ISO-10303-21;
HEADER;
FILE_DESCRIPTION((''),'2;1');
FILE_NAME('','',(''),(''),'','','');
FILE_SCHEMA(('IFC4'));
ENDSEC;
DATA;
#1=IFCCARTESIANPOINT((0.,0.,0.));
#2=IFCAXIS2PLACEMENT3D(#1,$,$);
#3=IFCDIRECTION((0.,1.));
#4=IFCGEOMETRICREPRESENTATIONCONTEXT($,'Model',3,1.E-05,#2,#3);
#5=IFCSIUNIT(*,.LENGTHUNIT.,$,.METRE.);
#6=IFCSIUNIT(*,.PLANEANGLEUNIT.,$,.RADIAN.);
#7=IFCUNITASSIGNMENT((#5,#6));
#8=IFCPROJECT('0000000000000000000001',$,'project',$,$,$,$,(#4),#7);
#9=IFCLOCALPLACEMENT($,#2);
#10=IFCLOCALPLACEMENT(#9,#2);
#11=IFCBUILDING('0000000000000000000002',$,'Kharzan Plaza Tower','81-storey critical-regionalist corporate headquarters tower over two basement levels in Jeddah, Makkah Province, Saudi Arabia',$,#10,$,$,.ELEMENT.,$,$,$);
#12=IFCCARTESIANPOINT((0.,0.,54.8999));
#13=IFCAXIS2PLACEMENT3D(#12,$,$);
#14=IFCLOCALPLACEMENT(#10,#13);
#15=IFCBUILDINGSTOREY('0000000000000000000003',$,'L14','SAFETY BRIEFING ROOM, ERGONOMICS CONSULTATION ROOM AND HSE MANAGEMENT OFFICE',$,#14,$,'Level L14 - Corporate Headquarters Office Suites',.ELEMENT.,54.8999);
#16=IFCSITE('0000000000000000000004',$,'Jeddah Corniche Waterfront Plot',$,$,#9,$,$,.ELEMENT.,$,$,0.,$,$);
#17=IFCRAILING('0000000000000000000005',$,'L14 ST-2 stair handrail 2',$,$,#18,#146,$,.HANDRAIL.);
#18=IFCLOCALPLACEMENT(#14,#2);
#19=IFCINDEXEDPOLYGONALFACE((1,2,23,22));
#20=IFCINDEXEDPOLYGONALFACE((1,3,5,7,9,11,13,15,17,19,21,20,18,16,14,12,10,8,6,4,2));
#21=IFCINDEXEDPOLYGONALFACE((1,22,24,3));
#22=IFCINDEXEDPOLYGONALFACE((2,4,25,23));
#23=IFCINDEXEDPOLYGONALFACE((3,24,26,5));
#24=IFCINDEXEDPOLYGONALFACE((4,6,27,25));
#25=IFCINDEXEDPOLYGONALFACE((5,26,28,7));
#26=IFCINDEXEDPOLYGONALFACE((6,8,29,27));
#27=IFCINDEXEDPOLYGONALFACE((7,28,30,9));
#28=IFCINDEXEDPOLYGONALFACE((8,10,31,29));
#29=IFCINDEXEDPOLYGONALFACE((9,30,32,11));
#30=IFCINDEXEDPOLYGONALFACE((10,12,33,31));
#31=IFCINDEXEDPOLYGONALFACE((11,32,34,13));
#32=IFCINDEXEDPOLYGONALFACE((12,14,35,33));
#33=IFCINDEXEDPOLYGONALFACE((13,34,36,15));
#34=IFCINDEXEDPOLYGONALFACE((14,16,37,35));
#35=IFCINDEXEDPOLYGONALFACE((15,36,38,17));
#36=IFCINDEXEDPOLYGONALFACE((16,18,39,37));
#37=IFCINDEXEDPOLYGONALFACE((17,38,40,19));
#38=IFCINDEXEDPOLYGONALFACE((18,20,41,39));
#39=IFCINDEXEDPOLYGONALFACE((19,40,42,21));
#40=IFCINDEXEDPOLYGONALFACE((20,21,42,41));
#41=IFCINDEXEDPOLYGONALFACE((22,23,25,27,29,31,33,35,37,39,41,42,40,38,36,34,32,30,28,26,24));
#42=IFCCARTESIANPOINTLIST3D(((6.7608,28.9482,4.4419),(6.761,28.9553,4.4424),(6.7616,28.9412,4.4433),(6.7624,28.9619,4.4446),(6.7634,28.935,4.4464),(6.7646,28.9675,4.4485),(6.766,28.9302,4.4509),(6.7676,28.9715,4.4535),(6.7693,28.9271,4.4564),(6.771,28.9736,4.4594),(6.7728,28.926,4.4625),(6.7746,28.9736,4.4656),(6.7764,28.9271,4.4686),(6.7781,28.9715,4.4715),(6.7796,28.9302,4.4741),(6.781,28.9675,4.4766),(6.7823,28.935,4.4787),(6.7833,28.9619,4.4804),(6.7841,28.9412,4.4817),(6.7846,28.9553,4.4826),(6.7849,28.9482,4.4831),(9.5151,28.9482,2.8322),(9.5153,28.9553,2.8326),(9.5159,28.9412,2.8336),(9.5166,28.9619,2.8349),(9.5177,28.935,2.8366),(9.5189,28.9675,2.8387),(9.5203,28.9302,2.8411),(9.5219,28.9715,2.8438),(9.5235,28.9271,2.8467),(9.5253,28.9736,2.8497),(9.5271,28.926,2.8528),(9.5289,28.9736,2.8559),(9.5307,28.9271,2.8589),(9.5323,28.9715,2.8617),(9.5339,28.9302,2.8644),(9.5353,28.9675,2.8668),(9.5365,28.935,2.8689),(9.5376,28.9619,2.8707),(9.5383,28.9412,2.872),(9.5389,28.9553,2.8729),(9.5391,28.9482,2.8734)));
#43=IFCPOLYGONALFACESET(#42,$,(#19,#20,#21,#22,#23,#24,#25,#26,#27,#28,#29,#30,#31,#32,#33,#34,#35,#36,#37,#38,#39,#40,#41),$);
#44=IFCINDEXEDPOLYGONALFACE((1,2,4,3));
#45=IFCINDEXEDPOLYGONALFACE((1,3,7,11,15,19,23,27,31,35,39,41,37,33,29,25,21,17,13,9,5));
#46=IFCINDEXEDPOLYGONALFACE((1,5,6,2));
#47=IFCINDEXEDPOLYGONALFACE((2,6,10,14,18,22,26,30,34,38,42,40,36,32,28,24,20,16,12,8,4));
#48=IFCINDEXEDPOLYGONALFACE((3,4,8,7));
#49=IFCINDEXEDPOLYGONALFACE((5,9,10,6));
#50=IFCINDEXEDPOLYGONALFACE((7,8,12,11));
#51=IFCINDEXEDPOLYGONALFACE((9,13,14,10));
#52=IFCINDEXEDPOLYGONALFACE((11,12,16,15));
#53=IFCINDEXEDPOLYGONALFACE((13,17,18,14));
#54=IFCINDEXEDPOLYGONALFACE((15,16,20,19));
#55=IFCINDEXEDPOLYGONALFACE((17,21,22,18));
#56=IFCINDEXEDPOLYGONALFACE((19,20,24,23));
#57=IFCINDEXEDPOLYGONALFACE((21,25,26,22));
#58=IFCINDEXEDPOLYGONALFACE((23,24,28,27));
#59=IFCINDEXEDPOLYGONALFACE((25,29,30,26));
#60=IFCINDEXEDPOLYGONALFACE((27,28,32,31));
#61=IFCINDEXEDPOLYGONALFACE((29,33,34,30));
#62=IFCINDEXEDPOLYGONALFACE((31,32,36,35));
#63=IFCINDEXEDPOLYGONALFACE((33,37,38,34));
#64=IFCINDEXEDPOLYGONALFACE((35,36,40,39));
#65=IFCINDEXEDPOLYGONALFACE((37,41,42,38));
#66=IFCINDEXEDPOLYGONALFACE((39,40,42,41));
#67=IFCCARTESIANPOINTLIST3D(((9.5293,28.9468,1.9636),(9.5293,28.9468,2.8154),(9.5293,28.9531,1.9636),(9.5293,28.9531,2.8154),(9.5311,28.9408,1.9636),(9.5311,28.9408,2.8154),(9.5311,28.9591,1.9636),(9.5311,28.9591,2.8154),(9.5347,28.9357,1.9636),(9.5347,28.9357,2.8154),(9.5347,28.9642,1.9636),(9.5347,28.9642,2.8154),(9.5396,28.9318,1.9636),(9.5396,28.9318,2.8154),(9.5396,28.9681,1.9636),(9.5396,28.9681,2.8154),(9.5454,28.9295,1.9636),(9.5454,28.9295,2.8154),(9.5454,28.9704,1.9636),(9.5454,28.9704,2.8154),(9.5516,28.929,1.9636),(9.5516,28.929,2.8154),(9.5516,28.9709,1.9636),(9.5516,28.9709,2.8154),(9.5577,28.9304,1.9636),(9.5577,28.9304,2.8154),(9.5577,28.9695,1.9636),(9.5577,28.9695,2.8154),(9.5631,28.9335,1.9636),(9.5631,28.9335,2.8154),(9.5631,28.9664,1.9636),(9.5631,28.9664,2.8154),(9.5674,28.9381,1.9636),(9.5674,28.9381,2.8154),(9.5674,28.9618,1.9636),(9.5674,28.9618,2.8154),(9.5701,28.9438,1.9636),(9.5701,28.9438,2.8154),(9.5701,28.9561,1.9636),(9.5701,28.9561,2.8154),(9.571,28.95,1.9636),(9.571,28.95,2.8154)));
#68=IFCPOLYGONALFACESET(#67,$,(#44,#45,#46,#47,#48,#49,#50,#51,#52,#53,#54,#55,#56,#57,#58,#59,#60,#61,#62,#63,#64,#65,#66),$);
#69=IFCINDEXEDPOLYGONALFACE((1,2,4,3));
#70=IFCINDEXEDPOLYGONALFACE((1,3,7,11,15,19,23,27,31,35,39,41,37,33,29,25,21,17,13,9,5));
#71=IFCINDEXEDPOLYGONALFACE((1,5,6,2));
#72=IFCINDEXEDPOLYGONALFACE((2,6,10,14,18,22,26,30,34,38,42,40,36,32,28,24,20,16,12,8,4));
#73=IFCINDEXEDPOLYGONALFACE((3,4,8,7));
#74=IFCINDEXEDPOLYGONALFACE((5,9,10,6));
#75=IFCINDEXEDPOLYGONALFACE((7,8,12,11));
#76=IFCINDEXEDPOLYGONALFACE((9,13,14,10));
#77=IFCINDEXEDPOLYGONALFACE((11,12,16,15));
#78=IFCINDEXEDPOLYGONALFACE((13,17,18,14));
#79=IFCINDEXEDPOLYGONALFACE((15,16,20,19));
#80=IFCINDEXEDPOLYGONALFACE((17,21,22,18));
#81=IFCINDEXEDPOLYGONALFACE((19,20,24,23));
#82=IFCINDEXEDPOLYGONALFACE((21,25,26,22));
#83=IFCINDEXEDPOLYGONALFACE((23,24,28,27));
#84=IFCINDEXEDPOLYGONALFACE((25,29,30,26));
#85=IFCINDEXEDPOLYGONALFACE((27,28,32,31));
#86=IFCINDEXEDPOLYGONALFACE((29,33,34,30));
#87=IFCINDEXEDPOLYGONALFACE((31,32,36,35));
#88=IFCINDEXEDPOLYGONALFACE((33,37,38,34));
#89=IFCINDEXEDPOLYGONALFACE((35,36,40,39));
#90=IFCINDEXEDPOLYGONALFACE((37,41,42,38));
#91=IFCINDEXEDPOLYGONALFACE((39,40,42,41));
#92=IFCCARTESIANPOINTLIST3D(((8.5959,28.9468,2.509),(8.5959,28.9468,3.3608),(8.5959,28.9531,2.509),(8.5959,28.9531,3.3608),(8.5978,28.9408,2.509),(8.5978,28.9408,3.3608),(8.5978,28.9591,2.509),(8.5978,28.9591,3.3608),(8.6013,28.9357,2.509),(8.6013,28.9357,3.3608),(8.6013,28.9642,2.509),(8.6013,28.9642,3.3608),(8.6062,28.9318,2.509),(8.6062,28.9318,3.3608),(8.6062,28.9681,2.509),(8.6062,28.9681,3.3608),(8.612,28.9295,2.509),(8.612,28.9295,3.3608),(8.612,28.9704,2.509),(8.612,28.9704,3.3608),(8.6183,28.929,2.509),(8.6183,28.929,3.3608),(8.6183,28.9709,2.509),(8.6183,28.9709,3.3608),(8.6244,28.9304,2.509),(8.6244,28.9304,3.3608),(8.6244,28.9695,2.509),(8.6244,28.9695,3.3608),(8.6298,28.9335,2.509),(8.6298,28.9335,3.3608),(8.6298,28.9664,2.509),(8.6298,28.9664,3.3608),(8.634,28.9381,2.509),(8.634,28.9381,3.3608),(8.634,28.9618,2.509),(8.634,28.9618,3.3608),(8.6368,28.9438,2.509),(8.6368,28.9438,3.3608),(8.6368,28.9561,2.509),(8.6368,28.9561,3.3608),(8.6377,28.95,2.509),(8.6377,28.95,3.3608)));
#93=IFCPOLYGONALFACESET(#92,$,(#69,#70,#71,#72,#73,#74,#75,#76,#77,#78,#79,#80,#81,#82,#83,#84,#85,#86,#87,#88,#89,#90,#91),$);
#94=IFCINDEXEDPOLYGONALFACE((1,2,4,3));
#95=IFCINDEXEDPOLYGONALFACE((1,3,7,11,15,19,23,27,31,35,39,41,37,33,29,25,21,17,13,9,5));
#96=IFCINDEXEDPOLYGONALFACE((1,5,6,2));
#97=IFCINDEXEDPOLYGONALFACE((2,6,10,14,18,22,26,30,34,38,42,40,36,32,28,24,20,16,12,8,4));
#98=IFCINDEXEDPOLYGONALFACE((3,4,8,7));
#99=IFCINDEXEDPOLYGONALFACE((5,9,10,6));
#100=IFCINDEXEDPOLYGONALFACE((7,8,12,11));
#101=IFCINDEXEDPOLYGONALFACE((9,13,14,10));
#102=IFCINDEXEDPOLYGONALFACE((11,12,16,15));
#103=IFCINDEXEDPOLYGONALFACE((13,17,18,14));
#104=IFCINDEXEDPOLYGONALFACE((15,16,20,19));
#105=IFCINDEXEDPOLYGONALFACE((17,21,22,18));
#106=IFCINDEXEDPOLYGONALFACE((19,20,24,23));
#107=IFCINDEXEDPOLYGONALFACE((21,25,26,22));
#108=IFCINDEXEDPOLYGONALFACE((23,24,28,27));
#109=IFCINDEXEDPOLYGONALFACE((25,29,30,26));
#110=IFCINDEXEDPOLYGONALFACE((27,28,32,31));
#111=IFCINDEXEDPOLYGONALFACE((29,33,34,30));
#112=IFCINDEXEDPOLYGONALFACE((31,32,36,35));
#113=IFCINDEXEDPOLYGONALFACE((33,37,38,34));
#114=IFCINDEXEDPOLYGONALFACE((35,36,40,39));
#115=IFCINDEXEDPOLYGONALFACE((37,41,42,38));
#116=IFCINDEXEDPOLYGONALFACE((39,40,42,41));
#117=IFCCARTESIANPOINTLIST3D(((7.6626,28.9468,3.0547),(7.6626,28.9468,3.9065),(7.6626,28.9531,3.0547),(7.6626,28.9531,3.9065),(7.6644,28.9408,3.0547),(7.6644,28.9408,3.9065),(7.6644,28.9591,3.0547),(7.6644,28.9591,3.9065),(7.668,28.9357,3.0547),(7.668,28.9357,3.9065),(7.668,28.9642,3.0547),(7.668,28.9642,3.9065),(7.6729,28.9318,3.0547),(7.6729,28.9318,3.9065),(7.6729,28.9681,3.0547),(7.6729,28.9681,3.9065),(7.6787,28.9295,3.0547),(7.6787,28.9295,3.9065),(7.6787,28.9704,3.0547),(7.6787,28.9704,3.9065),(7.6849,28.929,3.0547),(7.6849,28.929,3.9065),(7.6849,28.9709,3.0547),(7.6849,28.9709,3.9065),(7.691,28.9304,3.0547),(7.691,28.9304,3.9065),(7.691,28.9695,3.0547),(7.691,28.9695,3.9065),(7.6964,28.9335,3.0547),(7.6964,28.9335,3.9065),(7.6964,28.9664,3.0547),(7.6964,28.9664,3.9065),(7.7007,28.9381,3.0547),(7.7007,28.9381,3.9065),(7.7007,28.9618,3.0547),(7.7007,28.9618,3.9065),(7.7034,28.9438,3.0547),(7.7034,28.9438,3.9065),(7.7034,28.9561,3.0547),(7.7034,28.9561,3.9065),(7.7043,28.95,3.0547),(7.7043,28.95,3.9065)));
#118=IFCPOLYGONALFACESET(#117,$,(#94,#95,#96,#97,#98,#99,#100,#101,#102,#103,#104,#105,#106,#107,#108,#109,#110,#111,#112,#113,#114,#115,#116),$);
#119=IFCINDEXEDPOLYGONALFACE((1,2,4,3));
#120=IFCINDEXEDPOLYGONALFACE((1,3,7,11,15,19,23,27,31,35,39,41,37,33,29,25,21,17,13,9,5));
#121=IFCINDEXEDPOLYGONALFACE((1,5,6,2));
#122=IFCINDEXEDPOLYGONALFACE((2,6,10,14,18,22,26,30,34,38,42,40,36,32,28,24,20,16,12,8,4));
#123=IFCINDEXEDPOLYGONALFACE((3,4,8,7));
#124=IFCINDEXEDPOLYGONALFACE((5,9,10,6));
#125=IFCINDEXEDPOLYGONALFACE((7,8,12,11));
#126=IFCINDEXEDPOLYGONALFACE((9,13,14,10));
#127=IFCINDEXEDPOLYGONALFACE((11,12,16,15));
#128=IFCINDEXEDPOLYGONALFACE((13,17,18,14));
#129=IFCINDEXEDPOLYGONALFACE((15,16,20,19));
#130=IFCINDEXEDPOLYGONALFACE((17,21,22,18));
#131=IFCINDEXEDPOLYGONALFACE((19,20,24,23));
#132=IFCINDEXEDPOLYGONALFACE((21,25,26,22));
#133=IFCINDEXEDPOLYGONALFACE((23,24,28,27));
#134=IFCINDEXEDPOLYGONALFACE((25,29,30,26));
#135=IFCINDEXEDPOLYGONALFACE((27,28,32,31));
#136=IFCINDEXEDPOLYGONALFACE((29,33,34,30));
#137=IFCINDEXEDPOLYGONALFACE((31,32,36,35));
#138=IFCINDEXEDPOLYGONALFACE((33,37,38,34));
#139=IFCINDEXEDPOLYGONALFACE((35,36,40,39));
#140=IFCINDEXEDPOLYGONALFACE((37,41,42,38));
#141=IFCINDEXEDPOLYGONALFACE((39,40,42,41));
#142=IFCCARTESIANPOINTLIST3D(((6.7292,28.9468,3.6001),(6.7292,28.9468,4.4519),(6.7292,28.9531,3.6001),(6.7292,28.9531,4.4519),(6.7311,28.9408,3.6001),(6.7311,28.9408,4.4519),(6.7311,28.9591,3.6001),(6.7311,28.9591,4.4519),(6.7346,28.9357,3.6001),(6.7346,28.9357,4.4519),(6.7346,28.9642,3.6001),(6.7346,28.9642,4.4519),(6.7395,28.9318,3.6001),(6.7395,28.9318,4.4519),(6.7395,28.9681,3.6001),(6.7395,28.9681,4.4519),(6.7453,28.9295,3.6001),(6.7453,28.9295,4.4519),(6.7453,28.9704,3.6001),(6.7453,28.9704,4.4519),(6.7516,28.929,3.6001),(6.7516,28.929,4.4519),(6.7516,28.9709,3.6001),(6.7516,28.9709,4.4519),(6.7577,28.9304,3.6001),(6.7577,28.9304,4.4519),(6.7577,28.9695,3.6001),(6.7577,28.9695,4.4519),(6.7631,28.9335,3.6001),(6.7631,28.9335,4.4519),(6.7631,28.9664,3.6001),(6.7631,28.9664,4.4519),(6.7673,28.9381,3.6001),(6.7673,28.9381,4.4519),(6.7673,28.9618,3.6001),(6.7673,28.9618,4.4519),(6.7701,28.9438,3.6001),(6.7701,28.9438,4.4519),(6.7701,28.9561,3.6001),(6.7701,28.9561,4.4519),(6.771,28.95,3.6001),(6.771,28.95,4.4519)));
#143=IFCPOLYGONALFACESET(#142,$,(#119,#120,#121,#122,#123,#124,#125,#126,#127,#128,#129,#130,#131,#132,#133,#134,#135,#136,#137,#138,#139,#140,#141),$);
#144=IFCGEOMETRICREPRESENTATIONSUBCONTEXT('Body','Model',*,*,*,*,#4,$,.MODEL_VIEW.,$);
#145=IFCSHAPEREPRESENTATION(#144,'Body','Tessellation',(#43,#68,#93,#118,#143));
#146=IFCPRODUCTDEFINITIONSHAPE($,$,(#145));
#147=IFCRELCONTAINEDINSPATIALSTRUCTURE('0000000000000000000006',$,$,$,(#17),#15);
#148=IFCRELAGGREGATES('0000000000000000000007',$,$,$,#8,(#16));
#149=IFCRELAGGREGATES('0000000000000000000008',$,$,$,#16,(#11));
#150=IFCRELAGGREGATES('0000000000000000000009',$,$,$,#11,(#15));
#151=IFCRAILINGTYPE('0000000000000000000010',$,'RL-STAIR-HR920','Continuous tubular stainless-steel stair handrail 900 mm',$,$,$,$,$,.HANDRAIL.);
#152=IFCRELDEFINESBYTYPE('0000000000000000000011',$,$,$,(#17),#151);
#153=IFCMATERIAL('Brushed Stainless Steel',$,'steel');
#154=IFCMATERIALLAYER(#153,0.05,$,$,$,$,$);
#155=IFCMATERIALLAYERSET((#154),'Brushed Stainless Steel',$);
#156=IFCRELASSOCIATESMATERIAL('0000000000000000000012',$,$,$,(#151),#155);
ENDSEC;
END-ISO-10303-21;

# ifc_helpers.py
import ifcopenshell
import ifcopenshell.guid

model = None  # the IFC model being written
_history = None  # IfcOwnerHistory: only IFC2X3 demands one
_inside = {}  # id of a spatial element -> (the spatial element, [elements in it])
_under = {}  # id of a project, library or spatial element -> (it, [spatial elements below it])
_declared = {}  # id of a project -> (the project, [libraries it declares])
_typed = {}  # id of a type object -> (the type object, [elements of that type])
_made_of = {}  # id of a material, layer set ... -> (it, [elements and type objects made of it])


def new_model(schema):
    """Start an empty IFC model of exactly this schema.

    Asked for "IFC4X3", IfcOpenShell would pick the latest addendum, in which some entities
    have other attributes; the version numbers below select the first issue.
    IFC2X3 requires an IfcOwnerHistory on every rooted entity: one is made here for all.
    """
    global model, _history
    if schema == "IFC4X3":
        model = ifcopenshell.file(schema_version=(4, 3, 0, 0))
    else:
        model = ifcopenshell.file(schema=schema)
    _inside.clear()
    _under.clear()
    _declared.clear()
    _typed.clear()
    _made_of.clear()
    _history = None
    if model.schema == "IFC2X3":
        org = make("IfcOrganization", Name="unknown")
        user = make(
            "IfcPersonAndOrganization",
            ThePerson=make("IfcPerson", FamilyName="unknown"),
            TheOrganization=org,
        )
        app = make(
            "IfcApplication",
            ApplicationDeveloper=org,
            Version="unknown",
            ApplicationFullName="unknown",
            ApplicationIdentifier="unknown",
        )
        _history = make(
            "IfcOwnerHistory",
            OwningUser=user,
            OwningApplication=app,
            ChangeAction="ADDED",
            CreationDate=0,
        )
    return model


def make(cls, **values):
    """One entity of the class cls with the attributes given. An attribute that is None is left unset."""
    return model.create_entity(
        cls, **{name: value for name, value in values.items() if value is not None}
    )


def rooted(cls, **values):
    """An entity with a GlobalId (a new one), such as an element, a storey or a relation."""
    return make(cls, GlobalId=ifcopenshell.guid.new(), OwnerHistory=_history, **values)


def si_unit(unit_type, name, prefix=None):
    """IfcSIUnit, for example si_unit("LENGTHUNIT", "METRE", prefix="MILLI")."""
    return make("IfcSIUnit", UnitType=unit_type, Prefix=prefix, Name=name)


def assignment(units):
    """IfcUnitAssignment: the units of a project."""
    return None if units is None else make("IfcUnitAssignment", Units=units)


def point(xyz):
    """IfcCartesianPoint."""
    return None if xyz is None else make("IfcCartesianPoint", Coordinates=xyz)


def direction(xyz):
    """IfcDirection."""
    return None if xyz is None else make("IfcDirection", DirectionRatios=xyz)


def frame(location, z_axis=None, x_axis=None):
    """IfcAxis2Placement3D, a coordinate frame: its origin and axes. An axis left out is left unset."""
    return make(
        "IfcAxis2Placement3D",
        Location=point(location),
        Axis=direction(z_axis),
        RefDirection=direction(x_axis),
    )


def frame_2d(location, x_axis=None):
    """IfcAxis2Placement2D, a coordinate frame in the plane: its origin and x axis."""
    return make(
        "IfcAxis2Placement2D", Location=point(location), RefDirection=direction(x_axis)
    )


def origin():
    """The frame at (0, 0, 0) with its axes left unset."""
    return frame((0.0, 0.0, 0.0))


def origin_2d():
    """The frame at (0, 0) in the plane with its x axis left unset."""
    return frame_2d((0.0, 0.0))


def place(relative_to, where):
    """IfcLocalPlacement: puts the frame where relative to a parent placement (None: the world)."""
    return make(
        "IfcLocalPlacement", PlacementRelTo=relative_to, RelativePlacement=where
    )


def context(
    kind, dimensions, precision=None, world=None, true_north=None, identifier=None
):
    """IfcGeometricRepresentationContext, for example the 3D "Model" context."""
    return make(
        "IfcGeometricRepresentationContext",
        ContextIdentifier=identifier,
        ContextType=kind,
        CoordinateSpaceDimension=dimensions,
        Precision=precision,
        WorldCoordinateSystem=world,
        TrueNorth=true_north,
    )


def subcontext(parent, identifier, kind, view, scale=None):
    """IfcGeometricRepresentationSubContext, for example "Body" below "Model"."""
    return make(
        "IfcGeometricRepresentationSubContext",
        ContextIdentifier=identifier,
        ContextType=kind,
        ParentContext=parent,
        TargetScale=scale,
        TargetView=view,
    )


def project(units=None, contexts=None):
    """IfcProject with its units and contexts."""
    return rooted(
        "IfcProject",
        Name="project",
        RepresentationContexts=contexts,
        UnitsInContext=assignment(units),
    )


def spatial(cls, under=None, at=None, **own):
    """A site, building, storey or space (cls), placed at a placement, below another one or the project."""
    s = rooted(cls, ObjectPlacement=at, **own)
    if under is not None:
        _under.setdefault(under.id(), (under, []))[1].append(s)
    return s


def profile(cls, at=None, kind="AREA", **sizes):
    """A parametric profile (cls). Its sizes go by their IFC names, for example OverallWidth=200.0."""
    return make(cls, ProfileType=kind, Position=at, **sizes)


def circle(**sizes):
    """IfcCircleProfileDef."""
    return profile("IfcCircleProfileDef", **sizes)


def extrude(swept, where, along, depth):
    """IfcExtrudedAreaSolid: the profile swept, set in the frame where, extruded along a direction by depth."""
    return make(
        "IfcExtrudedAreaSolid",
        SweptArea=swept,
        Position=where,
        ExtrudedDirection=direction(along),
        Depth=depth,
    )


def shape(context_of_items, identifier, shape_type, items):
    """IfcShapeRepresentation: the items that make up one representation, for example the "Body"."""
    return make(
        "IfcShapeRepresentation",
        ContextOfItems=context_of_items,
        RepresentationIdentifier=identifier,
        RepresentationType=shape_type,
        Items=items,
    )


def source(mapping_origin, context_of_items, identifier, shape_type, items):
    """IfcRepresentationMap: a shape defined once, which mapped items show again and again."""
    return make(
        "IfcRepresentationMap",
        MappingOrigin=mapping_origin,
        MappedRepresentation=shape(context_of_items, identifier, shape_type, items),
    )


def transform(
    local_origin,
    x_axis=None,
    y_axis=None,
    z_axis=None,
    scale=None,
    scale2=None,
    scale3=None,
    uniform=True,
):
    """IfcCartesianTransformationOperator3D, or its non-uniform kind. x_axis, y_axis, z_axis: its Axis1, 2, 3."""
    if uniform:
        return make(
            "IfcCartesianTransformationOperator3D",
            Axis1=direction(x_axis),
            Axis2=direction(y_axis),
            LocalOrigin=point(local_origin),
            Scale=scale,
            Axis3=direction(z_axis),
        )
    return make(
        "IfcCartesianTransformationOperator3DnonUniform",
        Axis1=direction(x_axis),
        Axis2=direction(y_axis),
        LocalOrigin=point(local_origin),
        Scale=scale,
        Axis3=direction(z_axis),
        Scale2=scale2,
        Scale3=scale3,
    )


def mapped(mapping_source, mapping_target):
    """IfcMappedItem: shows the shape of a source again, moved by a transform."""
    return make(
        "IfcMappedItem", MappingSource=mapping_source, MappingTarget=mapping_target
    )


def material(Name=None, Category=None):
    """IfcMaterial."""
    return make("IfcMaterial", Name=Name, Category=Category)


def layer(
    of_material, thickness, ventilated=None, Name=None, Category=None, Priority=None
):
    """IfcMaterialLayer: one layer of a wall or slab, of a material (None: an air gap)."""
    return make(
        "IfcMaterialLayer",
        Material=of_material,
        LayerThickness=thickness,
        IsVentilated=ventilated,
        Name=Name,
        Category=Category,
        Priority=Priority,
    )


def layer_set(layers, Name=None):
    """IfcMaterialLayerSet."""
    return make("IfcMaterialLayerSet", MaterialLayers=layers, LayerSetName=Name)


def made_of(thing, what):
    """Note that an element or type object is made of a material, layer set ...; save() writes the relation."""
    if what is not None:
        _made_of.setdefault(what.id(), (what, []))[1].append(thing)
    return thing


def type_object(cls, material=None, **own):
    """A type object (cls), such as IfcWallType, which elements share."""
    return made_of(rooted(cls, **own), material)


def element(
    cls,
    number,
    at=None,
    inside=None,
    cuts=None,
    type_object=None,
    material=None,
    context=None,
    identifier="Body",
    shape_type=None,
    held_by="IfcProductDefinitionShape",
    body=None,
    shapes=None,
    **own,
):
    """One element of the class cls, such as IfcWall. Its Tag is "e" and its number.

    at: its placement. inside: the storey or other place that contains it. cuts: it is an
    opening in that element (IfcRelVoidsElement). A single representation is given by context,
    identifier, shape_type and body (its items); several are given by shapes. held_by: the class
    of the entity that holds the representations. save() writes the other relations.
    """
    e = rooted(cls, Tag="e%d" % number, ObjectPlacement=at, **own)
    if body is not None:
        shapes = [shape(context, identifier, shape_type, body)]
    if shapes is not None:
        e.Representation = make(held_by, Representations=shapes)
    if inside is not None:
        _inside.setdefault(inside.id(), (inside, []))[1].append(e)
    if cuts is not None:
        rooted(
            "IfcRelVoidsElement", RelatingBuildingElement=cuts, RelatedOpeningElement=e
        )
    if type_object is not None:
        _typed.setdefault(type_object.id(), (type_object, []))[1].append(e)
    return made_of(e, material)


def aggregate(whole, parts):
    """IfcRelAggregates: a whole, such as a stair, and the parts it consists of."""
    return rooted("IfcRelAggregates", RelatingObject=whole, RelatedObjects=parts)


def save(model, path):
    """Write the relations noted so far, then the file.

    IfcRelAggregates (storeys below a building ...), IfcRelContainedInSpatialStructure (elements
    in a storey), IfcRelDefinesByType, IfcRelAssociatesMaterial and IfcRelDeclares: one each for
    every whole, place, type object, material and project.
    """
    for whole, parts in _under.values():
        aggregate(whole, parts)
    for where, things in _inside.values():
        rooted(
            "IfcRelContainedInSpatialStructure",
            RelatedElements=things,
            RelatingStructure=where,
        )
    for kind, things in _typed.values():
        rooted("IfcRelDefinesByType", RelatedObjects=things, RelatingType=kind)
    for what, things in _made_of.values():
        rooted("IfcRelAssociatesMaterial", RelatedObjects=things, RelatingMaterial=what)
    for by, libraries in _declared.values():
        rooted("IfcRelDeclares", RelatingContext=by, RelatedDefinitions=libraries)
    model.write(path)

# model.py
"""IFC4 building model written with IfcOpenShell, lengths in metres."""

from ifc_helpers import new_model, si_unit, direction, frame, origin, origin_2d, place, context, subcontext, project, spatial, circle, extrude, source, transform, mapped, material, layer, layer_set, type_object, element, save


model = new_model("IFC4")

# Units and contexts
model_context = context("Model", 3, precision=1e-05, world=origin(), true_north=direction((0.0, 1.0)))
body_context = subcontext(model_context, "Body", "Model", "MODEL_VIEW")
ifc_project = project(units=[si_unit("LENGTHUNIT", "METRE"), si_unit("PLANEANGLEUNIT", "RADIAN")], contexts=[model_context])

# Site, building, storey
site_placement = place(None, origin())
site = spatial("IfcSite", under=ifc_project, at=site_placement, Name="Jeddah Corniche Waterfront Plot", CompositionType="ELEMENT", RefElevation=0.0)
building_placement = place(site_placement, origin())
building = spatial("IfcBuilding", under=site, at=building_placement, Name="Kharzan Plaza Tower", Description="81-storey critical-regionalist corporate headquarters tower over two basement levels in Jeddah, Makkah Province, Saudi Arabia", CompositionType="ELEMENT")
storey_placement = place(building_placement, frame((0.0, 0.0, 54.8999)))
storey = spatial("IfcBuildingStorey", under=building, at=storey_placement, Name="L14", Description="SAFETY BRIEFING ROOM, ERGONOMICS CONSULTATION ROOM AND HSE MANAGEMENT OFFICE", LongName="Level L14 - Corporate Headquarters Office Suites", CompositionType="ELEMENT", Elevation=54.8999)

# Shared definitions
ifc_material_1 = material(Name="Brushed Stainless Steel", Category="steel")

# Railing
ifc_layer_1 = layer(ifc_material_1, 0.05)
ifc_layer_set_1 = layer_set([ifc_layer_1], Name="Brushed Stainless Steel")
railing_type_1 = type_object("IfcRailingType", Name="RL-STAIR-HR920", Description="Continuous tubular stainless-steel stair handrail 900 mm", PredefinedType="HANDRAIL", material=ifc_layer_set_1)
shared_shape_1 = source(origin(), body_context, "Body", "SweptSolid", [
    extrude(circle(Radius=0.0239, at=origin_2d()), frame((-0.0229, 0.0, 0.8892), z_axis=(-0.863361, 0.0, 0.504587), x_axis=(0.0, -1.0, 0.0)), (0.0, 0.0, 1.0), 3.1902),
    extrude(circle(Radius=0.021, at=origin_2d()), origin(), (0.0, 0.0, 1.0), 0.8518),
    extrude(circle(Radius=0.021, at=origin_2d()), frame((-0.9333, 0.0, 0.5454)), (0.0, 0.0, 1.0), 0.8518),
    extrude(circle(Radius=0.021, at=origin_2d()), frame((-1.8667, 0.0, 1.0911)), (0.0, 0.0, 1.0), 0.8518),
    extrude(circle(Radius=0.021, at=origin_2d()), frame((-2.8, 0.0, 1.6365)), (0.0, 0.0, 1.0), 0.8518),
])
railing_1_placement = place(storey_placement, frame((9.55, 28.95, 1.9636)))
element("IfcRailing", 1, at=railing_1_placement, inside=storey, type_object=railing_type_1, Name="L14 ST-2 stair handrail 2", PredefinedType="HANDRAIL", context=body_context, shape_type="MappedRepresentation", body=[
    mapped(shared_shape_1, transform((0.0, 0.0, 0.0), x_axis=(1.0, 0.0, 0.0), y_axis=(0.0, 1.0, 0.0), z_axis=(0.0, 0.0, 1.0))),
])

save(model, "model.ifc")
